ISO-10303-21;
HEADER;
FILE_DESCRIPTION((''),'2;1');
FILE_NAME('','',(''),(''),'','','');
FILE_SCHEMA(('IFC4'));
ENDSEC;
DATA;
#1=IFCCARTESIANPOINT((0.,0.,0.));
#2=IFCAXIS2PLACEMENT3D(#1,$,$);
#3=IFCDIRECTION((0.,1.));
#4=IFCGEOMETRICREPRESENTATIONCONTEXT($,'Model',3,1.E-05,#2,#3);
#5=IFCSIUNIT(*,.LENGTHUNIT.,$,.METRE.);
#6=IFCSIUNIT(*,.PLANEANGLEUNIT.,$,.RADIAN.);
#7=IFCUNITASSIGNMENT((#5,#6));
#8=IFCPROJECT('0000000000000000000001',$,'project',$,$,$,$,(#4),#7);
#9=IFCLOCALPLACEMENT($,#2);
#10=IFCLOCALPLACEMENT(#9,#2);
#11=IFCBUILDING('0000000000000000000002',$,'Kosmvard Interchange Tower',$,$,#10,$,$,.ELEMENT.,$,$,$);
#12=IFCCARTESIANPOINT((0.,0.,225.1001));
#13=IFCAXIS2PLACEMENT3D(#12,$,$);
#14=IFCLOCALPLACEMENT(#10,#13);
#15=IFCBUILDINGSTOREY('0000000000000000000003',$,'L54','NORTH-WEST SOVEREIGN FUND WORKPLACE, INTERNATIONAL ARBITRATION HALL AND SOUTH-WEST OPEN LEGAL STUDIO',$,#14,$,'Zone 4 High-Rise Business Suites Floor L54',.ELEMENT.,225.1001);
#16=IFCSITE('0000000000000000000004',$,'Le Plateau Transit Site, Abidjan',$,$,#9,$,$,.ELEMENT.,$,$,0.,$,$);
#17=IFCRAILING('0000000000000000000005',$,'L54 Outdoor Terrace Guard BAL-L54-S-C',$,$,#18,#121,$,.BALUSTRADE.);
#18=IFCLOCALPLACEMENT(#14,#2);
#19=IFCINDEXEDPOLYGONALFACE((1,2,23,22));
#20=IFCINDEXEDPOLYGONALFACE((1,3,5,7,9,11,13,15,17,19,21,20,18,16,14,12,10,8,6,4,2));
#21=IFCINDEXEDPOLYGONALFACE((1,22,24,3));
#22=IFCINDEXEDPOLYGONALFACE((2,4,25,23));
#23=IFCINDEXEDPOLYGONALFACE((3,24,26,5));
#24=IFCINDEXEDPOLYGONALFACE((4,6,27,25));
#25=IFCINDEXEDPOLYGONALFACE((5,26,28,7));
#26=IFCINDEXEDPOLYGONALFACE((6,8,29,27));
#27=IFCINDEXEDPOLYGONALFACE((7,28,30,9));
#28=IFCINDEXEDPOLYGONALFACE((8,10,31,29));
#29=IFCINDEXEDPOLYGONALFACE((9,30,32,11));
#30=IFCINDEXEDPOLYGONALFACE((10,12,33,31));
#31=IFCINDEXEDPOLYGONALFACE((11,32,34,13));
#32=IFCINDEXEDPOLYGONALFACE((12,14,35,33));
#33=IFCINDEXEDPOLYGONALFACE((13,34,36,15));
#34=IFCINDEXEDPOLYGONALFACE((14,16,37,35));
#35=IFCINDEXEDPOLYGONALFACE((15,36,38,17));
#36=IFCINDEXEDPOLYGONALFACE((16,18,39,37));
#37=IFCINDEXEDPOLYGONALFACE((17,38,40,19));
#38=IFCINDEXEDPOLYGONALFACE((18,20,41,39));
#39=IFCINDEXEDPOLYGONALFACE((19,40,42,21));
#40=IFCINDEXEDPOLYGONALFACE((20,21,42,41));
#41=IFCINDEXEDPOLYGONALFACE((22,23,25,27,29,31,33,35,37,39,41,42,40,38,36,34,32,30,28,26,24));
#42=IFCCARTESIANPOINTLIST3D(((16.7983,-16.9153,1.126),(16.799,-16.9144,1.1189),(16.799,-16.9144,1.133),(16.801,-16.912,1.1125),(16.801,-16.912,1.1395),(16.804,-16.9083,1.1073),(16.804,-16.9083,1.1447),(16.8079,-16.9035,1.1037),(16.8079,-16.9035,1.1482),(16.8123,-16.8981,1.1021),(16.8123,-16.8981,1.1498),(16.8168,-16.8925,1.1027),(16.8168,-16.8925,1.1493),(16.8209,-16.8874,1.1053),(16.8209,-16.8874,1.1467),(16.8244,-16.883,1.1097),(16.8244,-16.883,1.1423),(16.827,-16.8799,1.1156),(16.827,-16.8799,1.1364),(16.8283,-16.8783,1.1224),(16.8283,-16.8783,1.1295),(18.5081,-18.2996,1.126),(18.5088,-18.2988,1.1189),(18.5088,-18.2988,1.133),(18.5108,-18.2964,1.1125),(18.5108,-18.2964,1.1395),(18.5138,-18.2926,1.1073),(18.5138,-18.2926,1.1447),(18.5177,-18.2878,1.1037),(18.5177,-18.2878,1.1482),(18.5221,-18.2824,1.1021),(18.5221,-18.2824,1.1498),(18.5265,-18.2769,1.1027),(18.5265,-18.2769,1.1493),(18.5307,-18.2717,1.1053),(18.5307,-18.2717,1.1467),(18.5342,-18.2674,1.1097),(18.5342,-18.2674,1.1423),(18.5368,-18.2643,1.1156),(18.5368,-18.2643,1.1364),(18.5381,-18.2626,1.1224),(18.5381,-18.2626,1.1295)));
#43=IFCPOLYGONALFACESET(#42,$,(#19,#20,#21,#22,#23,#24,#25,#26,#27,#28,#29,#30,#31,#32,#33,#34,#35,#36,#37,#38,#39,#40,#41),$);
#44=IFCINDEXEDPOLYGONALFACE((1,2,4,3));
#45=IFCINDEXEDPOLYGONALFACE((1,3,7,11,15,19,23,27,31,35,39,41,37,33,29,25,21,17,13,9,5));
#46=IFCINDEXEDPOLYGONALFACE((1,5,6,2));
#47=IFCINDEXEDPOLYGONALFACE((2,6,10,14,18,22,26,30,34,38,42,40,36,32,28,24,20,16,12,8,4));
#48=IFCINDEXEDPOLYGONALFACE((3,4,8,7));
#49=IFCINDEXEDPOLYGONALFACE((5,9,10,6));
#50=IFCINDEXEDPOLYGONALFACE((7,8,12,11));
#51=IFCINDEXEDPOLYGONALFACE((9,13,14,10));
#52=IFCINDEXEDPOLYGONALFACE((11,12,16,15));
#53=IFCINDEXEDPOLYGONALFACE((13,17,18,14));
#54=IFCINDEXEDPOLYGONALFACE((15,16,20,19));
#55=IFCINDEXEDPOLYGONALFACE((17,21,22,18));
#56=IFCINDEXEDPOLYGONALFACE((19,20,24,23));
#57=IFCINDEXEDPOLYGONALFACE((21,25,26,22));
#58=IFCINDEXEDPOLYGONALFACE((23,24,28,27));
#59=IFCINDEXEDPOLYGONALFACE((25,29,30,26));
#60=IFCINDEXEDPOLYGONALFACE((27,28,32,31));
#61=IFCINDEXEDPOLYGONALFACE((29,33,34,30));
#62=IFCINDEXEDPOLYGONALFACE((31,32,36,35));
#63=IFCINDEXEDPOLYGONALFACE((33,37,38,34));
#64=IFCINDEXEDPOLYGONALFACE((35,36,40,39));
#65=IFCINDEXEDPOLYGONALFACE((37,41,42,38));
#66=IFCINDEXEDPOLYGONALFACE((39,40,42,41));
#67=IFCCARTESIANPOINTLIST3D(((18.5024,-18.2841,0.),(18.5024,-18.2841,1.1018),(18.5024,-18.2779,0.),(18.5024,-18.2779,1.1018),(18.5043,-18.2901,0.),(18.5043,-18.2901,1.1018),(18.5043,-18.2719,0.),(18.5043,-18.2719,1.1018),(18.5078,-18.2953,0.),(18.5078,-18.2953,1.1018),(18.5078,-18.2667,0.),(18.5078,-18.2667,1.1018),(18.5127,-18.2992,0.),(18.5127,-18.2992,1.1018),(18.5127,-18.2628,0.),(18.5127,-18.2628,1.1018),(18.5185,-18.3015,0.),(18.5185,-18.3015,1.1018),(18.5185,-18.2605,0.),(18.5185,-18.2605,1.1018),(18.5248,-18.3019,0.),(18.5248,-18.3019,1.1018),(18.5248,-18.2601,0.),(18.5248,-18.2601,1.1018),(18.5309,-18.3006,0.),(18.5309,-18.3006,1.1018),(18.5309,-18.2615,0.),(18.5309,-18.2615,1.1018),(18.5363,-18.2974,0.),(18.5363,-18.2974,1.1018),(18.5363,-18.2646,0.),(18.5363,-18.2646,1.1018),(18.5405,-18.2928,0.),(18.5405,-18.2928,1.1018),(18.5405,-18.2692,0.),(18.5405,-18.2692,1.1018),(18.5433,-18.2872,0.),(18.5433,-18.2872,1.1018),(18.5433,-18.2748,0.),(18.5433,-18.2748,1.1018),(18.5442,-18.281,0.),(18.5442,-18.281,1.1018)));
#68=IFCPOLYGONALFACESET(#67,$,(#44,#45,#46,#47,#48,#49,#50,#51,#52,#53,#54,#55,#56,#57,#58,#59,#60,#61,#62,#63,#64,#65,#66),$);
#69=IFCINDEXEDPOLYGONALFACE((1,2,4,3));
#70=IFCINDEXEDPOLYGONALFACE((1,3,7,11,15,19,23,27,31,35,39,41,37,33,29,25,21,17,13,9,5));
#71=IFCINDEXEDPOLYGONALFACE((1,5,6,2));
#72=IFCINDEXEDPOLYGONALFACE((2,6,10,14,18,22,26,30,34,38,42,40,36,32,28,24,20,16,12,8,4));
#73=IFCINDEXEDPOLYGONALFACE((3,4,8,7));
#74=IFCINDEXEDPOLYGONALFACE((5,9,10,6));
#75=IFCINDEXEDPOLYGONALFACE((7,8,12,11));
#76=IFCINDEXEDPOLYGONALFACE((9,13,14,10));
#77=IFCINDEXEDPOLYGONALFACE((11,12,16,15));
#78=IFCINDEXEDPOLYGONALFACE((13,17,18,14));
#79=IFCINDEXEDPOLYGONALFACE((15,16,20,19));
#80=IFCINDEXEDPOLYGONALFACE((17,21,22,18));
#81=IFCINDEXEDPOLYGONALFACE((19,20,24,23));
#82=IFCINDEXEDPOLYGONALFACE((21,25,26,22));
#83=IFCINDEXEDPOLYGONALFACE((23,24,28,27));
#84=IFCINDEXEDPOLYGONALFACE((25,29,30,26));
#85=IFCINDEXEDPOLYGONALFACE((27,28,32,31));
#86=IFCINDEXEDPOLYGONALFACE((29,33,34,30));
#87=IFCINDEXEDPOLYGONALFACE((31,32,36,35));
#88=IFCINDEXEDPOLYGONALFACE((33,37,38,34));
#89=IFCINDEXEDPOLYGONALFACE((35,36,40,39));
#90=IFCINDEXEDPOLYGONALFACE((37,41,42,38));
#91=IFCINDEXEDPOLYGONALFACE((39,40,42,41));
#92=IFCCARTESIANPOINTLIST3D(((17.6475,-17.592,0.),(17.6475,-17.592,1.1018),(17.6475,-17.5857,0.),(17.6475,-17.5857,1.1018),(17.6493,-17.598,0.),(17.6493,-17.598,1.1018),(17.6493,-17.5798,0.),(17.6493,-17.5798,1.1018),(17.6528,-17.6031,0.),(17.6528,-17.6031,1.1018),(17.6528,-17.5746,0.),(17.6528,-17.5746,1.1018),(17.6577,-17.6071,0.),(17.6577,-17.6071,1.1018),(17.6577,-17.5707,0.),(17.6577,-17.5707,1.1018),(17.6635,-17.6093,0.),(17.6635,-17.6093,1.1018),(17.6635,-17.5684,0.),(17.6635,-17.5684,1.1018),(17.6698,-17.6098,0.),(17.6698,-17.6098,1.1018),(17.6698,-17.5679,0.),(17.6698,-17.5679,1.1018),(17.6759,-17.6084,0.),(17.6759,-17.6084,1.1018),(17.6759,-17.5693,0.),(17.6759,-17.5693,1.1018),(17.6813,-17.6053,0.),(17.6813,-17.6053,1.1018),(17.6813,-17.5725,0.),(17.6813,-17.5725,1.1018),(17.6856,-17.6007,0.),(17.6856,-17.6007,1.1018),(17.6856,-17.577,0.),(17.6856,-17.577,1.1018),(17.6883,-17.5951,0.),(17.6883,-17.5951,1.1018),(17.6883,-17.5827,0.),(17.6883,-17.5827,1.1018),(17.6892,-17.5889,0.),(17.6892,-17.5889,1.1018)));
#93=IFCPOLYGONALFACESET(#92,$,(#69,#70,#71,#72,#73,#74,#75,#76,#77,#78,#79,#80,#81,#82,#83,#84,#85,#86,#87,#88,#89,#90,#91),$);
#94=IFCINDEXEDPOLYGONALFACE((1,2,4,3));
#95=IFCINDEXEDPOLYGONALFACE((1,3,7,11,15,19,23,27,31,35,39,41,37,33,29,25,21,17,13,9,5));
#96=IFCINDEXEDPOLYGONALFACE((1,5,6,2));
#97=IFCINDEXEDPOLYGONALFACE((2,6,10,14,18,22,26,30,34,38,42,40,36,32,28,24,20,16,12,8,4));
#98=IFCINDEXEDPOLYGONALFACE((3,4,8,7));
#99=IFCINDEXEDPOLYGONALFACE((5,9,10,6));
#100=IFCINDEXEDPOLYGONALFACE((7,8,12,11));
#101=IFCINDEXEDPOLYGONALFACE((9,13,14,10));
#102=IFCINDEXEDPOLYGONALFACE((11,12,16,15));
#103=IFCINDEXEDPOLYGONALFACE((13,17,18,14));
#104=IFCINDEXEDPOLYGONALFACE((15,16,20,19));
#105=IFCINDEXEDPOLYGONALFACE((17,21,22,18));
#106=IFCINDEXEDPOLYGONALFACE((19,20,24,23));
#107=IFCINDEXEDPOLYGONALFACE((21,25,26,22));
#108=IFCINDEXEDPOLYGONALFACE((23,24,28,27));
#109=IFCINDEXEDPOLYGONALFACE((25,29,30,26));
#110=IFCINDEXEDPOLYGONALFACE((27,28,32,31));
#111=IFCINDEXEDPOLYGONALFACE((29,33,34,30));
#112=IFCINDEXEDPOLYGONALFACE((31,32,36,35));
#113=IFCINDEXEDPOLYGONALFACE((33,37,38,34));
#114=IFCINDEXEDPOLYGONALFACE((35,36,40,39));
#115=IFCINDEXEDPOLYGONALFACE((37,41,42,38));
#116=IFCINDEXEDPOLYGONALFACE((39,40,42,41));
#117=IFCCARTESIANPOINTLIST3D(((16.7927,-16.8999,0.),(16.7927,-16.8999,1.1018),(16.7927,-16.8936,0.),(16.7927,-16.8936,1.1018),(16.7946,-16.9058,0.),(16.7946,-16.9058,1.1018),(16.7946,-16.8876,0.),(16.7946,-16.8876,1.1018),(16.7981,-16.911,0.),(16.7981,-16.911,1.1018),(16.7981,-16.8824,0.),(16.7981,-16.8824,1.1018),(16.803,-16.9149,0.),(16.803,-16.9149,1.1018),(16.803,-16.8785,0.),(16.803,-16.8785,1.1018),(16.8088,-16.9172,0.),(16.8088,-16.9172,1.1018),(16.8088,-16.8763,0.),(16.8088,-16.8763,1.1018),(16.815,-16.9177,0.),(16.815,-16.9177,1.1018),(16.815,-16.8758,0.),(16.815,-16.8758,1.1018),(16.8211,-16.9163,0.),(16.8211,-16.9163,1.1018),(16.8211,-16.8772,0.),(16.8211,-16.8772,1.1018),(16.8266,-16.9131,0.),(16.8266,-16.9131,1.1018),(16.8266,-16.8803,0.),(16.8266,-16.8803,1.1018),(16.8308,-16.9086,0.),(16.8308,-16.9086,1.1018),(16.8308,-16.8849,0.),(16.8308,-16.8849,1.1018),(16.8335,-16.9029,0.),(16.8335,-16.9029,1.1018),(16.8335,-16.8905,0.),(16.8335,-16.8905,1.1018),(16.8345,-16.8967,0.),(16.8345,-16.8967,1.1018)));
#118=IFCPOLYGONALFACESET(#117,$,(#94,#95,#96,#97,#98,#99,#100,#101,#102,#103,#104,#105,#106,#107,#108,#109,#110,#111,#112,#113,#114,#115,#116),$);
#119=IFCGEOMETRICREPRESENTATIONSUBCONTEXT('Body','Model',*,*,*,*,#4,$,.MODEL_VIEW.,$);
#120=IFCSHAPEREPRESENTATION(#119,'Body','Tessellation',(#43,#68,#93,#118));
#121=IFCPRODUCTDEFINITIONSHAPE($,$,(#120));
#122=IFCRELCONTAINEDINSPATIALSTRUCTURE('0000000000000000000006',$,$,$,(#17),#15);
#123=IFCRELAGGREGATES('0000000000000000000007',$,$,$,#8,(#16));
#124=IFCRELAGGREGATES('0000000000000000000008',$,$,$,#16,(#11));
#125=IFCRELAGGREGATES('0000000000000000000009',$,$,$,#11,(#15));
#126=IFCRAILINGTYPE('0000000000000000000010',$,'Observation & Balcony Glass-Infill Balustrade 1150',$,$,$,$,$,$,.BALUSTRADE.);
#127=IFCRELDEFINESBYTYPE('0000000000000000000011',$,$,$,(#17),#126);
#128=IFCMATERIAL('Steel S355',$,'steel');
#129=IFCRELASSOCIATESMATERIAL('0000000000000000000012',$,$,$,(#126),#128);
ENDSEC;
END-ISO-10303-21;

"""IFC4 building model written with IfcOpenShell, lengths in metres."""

from ifc_helpers import new_model, si_unit, direction, frame, origin, origin_2d, place, context, subcontext, project, spatial, circle, extrude, source, transform, mapped, material, type_object, element, save


model = new_model("IFC4")

# Units and contexts
model_context = context("Model", 3, precision=1e-05, world=origin(), true_north=direction((0.0, 1.0)))
body_context = subcontext(model_context, "Body", "Model", "MODEL_VIEW")
ifc_project = project(units=[si_unit("LENGTHUNIT", "METRE"), si_unit("PLANEANGLEUNIT", "RADIAN")], contexts=[model_context])

# Site, building, storey
site_placement = place(None, origin())
site = spatial("IfcSite", under=ifc_project, at=site_placement, Name="Le Plateau Transit Site, Abidjan", CompositionType="ELEMENT", RefElevation=0.0)
building_placement = place(site_placement, origin())
building = spatial("IfcBuilding", under=site, at=building_placement, Name="Kosmvard Interchange Tower", CompositionType="ELEMENT")
storey_placement = place(building_placement, frame((0.0, 0.0, 225.1001)))
storey = spatial("IfcBuildingStorey", under=building, at=storey_placement, Name="L54", Description="NORTH-WEST SOVEREIGN FUND WORKPLACE, INTERNATIONAL ARBITRATION HALL AND SOUTH-WEST OPEN LEGAL STUDIO", LongName="Zone 4 High-Rise Business Suites Floor L54", CompositionType="ELEMENT", Elevation=225.1001)

# Shared definitions
ifc_material_1 = material(Name="Steel S355", Category="steel")

# Railing
railing_type = type_object("IfcRailingType", Name="Observation & Balcony Glass-Infill Balustrade 1150", PredefinedType="BALUSTRADE", material=ifc_material_1)
shared_shape_1 = source(origin(), body_context, "Body", "SweptSolid", [
    extrude(circle(Radius=0.0239, at=origin_2d()), frame((0.0, 0.0, 1.126), z_axis=(-0.777196, 0.629259, 0.0), x_axis=(-0.629259, -0.777196, 0.0)), (0.0, 0.0, 1.0), 2.2),
    extrude(circle(Radius=0.021, at=origin_2d()), origin(), (0.0, 0.0, 1.0), 1.1018),
    extrude(circle(Radius=0.021, at=origin_2d()), frame((-0.855, 0.6921, 0.0)), (0.0, 0.0, 1.0), 1.1018),
    extrude(circle(Radius=0.021, at=origin_2d()), frame((-1.7097, 1.3843, 0.0)), (0.0, 0.0, 1.0), 1.1018),
])
railing_1_placement = place(storey_placement, frame((18.5232, -18.281, 0.0)))
element("IfcRailing", 1, at=railing_1_placement, inside=storey, type_object=railing_type, Name="L54 Outdoor Terrace Guard BAL-L54-S-C", PredefinedType="BALUSTRADE", context=body_context, shape_type="MappedRepresentation", body=[
    mapped(shared_shape_1, transform((0.0, 0.0, 0.0), scale=1.0)),
])

save(model, "model.ifc")
